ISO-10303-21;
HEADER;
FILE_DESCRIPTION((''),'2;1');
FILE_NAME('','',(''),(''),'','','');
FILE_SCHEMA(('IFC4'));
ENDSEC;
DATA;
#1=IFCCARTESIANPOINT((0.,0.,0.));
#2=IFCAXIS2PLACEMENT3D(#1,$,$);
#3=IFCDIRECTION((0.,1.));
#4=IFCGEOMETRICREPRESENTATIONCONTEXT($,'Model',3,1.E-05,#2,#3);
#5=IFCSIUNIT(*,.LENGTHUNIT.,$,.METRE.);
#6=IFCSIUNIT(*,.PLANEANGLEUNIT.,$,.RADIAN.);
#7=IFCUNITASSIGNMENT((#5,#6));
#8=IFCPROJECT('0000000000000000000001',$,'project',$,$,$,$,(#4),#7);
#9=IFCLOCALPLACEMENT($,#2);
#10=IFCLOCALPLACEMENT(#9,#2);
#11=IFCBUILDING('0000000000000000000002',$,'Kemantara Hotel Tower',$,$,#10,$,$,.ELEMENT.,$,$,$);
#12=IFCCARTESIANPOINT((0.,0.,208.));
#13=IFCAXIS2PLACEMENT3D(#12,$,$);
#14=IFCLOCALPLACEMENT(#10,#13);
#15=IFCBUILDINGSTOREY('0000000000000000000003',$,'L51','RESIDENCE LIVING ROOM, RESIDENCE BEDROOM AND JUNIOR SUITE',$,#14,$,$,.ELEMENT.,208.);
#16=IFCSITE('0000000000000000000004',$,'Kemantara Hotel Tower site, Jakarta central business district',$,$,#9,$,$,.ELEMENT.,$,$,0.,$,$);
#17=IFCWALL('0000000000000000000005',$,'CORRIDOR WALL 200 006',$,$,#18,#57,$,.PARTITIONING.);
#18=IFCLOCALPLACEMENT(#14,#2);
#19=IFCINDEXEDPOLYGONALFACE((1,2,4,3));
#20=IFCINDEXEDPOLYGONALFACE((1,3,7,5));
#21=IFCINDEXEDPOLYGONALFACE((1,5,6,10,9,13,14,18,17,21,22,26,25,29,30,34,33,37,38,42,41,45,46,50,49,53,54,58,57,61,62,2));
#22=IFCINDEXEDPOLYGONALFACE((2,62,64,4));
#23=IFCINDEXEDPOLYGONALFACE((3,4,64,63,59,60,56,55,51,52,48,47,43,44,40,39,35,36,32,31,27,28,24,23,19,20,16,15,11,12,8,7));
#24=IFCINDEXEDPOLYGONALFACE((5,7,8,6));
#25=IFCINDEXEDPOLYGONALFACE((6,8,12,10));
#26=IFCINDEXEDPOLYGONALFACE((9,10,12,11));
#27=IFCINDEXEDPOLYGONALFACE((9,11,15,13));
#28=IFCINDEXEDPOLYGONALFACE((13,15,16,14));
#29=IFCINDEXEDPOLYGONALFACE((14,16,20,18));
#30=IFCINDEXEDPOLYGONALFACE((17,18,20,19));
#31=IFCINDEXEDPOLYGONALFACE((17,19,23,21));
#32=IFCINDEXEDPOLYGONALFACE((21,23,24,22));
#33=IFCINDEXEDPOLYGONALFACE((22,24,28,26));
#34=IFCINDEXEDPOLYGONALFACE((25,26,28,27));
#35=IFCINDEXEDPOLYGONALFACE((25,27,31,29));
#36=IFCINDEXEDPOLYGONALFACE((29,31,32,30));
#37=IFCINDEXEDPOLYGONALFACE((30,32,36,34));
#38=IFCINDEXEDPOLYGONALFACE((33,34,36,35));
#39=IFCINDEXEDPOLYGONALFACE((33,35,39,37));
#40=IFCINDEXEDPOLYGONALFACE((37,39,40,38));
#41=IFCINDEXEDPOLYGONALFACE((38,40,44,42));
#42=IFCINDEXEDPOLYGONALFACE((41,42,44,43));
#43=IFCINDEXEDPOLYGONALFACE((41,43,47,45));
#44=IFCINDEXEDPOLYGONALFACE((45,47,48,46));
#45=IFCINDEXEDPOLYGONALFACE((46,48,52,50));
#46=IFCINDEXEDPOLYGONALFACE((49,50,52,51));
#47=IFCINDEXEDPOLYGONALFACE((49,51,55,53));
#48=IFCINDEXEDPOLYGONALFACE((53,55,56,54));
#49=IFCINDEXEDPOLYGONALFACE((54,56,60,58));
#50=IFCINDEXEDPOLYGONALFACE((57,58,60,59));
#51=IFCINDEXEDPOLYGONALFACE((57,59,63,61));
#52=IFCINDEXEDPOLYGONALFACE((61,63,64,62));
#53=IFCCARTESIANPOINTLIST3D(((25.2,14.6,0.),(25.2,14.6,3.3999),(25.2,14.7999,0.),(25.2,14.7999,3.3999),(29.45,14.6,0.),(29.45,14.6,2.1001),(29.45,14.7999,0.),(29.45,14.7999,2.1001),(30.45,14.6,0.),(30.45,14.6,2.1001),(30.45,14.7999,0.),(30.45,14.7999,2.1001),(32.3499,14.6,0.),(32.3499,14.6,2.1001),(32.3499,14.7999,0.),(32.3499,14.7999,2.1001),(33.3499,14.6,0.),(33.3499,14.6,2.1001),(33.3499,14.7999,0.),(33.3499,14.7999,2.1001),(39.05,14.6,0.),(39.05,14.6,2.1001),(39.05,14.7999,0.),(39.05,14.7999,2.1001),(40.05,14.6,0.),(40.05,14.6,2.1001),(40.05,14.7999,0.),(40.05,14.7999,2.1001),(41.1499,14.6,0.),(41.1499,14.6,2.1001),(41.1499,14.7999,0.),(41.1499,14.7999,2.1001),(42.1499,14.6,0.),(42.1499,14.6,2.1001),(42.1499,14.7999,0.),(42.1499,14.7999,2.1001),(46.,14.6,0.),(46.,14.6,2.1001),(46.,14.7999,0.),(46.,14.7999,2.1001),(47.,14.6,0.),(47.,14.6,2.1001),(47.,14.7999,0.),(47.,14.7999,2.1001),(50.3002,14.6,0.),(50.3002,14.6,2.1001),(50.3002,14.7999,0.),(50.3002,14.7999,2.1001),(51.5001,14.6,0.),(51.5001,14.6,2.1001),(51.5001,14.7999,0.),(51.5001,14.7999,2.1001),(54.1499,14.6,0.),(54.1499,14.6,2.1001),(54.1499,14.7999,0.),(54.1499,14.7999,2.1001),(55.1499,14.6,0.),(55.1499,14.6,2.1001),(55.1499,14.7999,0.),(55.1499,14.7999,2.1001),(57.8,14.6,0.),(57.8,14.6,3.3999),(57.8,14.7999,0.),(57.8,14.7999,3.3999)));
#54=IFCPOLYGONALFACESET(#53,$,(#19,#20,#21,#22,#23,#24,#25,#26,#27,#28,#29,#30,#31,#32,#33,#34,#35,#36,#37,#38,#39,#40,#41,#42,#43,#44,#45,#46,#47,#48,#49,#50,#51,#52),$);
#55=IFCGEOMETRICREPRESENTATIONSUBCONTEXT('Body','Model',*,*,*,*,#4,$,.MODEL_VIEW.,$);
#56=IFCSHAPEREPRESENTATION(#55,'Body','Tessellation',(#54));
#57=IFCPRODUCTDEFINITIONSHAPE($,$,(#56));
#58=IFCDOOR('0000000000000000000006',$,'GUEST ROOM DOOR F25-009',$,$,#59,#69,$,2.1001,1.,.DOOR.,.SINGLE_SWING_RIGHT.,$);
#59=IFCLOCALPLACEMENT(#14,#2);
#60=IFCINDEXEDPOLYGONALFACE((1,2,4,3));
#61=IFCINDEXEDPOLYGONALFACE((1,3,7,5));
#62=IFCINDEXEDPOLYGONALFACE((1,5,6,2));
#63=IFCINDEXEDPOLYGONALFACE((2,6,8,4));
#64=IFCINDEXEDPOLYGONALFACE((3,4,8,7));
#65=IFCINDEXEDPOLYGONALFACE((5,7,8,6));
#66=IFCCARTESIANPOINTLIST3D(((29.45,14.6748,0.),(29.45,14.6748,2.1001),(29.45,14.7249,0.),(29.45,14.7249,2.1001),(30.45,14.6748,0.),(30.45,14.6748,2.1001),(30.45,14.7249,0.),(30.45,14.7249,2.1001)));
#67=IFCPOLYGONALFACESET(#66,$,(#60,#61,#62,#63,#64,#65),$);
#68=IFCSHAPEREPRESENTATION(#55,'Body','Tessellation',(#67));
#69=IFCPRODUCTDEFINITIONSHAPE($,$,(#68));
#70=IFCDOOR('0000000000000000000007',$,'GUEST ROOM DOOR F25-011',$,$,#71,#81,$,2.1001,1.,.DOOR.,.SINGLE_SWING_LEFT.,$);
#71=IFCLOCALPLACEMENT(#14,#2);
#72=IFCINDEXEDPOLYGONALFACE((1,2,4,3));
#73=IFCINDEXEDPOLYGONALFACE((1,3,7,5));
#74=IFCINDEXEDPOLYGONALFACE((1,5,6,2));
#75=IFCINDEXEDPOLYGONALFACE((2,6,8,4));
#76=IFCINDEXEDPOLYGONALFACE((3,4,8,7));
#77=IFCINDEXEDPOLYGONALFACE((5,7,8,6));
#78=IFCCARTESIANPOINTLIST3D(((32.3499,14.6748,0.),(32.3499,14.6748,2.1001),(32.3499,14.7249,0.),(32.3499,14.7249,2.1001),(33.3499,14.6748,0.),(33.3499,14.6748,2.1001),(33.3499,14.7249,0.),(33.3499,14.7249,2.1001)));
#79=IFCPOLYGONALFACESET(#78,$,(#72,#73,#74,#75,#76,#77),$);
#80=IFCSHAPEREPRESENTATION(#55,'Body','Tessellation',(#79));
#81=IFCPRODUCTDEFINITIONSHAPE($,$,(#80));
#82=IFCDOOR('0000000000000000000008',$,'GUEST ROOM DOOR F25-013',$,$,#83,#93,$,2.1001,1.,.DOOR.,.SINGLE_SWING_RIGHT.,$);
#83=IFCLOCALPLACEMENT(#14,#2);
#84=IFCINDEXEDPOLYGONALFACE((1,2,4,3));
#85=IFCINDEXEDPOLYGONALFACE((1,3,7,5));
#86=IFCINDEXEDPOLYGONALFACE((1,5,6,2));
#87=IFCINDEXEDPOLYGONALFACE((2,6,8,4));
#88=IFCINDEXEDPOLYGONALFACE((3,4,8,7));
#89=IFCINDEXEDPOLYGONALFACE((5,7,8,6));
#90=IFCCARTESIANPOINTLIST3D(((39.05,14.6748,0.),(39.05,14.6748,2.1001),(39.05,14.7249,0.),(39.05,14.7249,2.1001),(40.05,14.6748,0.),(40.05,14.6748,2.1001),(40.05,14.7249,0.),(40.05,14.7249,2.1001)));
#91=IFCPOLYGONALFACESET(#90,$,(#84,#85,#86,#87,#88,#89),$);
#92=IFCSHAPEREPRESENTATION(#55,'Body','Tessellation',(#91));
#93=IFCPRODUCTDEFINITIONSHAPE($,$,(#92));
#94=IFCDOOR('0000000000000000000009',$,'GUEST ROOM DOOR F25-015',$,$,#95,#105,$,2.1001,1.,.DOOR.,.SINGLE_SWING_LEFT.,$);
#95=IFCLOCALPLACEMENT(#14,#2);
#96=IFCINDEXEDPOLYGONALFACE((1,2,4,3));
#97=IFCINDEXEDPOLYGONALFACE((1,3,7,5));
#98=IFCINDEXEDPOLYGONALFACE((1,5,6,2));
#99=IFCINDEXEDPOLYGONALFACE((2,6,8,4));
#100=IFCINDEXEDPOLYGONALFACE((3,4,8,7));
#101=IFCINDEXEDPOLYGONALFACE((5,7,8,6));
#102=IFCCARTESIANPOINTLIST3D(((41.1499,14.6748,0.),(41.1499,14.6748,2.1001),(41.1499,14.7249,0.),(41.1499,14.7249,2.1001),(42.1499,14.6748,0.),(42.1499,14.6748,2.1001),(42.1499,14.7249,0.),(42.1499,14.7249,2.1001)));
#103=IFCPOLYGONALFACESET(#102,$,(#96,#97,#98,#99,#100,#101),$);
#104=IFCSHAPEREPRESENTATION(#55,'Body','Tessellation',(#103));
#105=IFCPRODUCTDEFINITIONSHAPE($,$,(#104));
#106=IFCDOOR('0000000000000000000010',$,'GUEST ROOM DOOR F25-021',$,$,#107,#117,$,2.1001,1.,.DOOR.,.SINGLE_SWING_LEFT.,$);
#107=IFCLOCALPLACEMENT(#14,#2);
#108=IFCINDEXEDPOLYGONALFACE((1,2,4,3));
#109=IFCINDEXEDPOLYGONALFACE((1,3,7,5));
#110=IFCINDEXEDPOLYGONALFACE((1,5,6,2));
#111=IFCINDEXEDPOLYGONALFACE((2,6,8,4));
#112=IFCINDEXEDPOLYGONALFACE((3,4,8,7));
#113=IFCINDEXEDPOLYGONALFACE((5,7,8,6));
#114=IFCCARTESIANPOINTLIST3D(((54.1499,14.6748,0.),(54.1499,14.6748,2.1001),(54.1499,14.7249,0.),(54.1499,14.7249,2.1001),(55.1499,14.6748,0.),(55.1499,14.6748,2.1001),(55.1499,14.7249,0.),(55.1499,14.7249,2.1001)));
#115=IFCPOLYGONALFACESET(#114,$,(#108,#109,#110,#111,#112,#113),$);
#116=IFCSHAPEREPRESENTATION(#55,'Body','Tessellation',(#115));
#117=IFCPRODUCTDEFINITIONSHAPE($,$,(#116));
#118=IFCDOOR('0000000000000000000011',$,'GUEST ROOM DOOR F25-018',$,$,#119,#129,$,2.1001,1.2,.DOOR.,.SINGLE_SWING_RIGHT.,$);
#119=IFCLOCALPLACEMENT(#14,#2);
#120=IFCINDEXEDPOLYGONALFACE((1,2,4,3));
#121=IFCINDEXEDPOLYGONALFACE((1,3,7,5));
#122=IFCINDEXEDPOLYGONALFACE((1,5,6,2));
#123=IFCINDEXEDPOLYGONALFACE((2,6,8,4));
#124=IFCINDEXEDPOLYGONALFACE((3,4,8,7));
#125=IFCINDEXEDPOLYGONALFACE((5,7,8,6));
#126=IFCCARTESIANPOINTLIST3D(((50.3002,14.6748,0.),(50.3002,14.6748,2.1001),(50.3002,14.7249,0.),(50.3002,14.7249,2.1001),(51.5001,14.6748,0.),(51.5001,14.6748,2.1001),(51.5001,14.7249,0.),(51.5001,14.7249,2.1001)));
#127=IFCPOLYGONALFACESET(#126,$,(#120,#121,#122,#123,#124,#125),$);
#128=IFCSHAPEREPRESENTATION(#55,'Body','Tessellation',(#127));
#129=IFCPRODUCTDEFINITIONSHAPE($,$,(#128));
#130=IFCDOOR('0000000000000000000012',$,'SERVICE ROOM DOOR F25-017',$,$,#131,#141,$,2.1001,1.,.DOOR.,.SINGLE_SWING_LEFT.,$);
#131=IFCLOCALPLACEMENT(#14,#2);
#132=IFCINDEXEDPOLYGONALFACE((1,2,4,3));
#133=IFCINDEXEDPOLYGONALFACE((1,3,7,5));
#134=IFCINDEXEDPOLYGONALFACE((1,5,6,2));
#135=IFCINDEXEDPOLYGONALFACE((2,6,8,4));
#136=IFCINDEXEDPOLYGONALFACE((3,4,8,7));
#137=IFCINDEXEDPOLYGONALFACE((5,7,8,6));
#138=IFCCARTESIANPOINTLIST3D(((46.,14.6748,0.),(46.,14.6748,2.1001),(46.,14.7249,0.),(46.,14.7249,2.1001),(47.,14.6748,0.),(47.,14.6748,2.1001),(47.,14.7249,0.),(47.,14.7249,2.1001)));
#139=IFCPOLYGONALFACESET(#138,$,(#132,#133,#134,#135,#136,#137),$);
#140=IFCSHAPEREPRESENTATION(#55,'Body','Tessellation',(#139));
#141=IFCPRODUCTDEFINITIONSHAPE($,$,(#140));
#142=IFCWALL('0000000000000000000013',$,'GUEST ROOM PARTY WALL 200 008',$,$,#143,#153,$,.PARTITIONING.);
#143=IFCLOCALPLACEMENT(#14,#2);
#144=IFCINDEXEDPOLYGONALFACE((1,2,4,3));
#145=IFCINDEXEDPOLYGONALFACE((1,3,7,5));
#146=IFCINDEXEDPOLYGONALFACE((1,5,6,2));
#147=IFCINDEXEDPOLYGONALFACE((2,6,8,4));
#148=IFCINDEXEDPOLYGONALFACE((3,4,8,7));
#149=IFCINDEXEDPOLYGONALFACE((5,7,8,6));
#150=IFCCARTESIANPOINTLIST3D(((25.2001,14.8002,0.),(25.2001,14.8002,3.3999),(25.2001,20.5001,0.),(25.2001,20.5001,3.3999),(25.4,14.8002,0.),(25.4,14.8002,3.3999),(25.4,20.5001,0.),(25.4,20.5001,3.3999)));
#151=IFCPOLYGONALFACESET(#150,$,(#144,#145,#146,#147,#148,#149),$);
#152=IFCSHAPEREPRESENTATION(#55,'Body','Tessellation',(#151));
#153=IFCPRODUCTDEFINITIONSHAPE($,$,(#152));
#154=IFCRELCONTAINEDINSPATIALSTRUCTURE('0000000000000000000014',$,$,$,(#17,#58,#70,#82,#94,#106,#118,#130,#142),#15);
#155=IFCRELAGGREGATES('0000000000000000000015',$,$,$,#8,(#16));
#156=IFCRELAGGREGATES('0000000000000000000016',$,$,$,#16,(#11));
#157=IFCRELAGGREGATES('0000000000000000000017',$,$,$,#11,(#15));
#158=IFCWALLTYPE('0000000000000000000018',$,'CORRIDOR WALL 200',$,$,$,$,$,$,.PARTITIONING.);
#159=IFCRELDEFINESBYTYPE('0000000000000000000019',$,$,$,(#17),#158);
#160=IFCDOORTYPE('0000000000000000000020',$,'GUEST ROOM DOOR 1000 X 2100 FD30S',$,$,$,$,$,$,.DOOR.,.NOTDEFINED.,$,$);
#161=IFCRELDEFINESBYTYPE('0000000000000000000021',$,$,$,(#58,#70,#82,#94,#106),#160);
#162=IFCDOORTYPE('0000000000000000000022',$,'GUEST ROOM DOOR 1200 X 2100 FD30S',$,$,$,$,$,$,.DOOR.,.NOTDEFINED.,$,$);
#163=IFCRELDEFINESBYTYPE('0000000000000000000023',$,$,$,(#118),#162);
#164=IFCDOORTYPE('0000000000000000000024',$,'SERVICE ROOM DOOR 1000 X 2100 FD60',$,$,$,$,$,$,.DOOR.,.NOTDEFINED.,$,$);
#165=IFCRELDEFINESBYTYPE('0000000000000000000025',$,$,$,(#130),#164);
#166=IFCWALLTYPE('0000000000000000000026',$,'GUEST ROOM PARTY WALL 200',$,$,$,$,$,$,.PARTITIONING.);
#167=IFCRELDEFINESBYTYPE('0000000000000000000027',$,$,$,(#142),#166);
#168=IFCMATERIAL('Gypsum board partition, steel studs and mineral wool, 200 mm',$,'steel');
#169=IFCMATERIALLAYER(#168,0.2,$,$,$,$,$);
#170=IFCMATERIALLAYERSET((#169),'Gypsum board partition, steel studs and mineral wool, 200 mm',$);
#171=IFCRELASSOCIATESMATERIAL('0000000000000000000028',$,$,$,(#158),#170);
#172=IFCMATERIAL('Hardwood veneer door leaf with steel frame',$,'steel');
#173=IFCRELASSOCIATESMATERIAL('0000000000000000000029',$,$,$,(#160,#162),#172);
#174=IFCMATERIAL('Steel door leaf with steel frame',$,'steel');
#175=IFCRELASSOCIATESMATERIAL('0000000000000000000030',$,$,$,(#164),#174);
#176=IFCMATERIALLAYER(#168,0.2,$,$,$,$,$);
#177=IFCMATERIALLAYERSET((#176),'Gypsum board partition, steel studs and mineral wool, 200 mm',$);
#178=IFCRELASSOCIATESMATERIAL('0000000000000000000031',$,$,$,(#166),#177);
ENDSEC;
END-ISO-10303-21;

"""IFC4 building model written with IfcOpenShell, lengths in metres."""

from ifc_helpers import new_model, si_unit, direction, frame, frame_2d, origin, place, context, subcontext, project, spatial, rectangle, extrude, material, layer, layer_set, type_object, element, fill, save


model = new_model("IFC4")

# Units and contexts
model_context = context("Model", 3, precision=1e-05, world=origin(), true_north=direction((0.0, 1.0)))
body_context = subcontext(model_context, "Body", "Model", "MODEL_VIEW")
ifc_project = project(units=[si_unit("LENGTHUNIT", "METRE"), si_unit("PLANEANGLEUNIT", "RADIAN")], contexts=[model_context])

# Site, building, storey
site_placement = place(None, origin())
site = spatial("IfcSite", under=ifc_project, at=site_placement, Name="Kemantara Hotel Tower site, Jakarta central business district", CompositionType="ELEMENT", RefElevation=0.0)
building_placement = place(site_placement, origin())
building = spatial("IfcBuilding", under=site, at=building_placement, Name="Kemantara Hotel Tower", CompositionType="ELEMENT")
storey_placement = place(building_placement, frame((0.0, 0.0, 208.0)))
storey = spatial("IfcBuildingStorey", under=building, at=storey_placement, Name="L51", Description="RESIDENCE LIVING ROOM, RESIDENCE BEDROOM AND JUNIOR SUITE", CompositionType="ELEMENT", Elevation=208.0)

# Wall, openings, doors
ifc_material_1 = material(Name="Gypsum board partition, steel studs and mineral wool, 200 mm", Category="steel")
ifc_layer_1 = layer(ifc_material_1, 0.2)
ifc_layer_set_1 = layer_set([ifc_layer_1], Name="Gypsum board partition, steel studs and mineral wool, 200 mm")
wall_type_1 = type_object("IfcWallType", Name="CORRIDOR WALL 200", PredefinedType="PARTITIONING", material=ifc_layer_set_1)
wall_1_placement = place(storey_placement, frame((25.2, 14.7, 0.0), z_axis=(0.0, 0.0, 1.0), x_axis=(1.0, 0.0, 0.0)))
wall_1 = element("IfcWall", 1, at=wall_1_placement, inside=storey, type_object=wall_type_1, Name="CORRIDOR WALL 200 006", PredefinedType="PARTITIONING", context=body_context, shape_type="SweptSolid", body=[
    extrude(rectangle(XDim=32.6001, YDim=0.2, at=frame_2d((16.3, 0.0))), origin(), (0.0, 0.0, 1.0), 3.3999),
])
opening_1_placement = place(wall_1_placement, frame((4.25, 0.0, 0.0)))
opening_1 = element("IfcOpeningElement", 2, at=opening_1_placement, cuts=wall_1, PredefinedType="OPENING", context=body_context, shape_type="SweptSolid", body=[
    extrude(rectangle(XDim=1.0, YDim=2.1001, at=frame_2d((0.5, 1.05))), frame((0.0, 0.1099, 0.0), z_axis=(0.0, -1.0, 0.0), x_axis=(1.0, 0.0, 0.0)), (0.0, 0.0, 1.0), 0.22),
])
opening_2_placement = place(wall_1_placement, frame((7.1499, 0.0, 0.0)))
opening_2 = element("IfcOpeningElement", 3, at=opening_2_placement, cuts=wall_1, PredefinedType="OPENING", context=body_context, shape_type="SweptSolid", body=[
    extrude(rectangle(XDim=1.0, YDim=2.1001, at=frame_2d((0.5, 1.05))), frame((0.0, 0.1099, 0.0), z_axis=(0.0, -1.0, 0.0), x_axis=(1.0, 0.0, 0.0)), (0.0, 0.0, 1.0), 0.22),
])
opening_3_placement = place(wall_1_placement, frame((13.8501, 0.0, 0.0)))
opening_3 = element("IfcOpeningElement", 4, at=opening_3_placement, cuts=wall_1, PredefinedType="OPENING", context=body_context, shape_type="SweptSolid", body=[
    extrude(rectangle(XDim=1.0, YDim=2.1001, at=frame_2d((0.5, 1.05))), frame((0.0, 0.1099, 0.0), z_axis=(0.0, -1.0, 0.0), x_axis=(1.0, 0.0, 0.0)), (0.0, 0.0, 1.0), 0.22),
])
opening_4_placement = place(wall_1_placement, frame((15.95, 0.0, 0.0)))
opening_4 = element("IfcOpeningElement", 5, at=opening_4_placement, cuts=wall_1, PredefinedType="OPENING", context=body_context, shape_type="SweptSolid", body=[
    extrude(rectangle(XDim=1.0, YDim=2.1001, at=frame_2d((0.5, 1.05))), frame((0.0, 0.1099, 0.0), z_axis=(0.0, -1.0, 0.0), x_axis=(1.0, 0.0, 0.0)), (0.0, 0.0, 1.0), 0.22),
])
opening_5_placement = place(wall_1_placement, frame((20.8, 0.0, 0.0)))
opening_5 = element("IfcOpeningElement", 6, at=opening_5_placement, cuts=wall_1, PredefinedType="OPENING", context=body_context, shape_type="SweptSolid", body=[
    extrude(rectangle(XDim=1.0, YDim=2.1001, at=frame_2d((0.5, 1.05))), frame((0.0, 0.1099, 0.0), z_axis=(0.0, -1.0, 0.0), x_axis=(1.0, 0.0, 0.0)), (0.0, 0.0, 1.0), 0.22),
])
opening_6_placement = place(wall_1_placement, frame((25.1001, 0.0, 0.0)))
opening_6 = element("IfcOpeningElement", 7, at=opening_6_placement, cuts=wall_1, PredefinedType="OPENING", context=body_context, shape_type="SweptSolid", body=[
    extrude(rectangle(XDim=1.2, YDim=2.1001, at=frame_2d((0.6001, 1.05))), frame((0.0, 0.1099, 0.0), z_axis=(0.0, -1.0, 0.0), x_axis=(1.0, 0.0, 0.0)), (0.0, 0.0, 1.0), 0.22),
])
opening_7_placement = place(wall_1_placement, frame((28.95, 0.0, 0.0)))
opening_7 = element("IfcOpeningElement", 8, at=opening_7_placement, cuts=wall_1, PredefinedType="OPENING", context=body_context, shape_type="SweptSolid", body=[
    extrude(rectangle(XDim=1.0, YDim=2.1001, at=frame_2d((0.5, 1.05))), frame((0.0, 0.1099, 0.0), z_axis=(0.0, -1.0, 0.0), x_axis=(1.0, 0.0, 0.0)), (0.0, 0.0, 1.0), 0.22),
])
ifc_material_2 = material(Name="Hardwood veneer door leaf with steel frame", Category="steel")
door_type_1 = type_object("IfcDoorType", Name="GUEST ROOM DOOR 1000 X 2100 FD30S", OperationType="NOTDEFINED", PredefinedType="DOOR", material=ifc_material_2)
door_1_placement = place(opening_1_placement, origin())
door_1 = element("IfcDoor", 9, at=door_1_placement, inside=storey, type_object=door_type_1, Name="GUEST ROOM DOOR F25-009", OperationType="SINGLE_SWING_RIGHT", OverallHeight=2.1001, OverallWidth=1.0, PredefinedType="DOOR", context=body_context, shape_type="SweptSolid", body=[
    extrude(rectangle(XDim=1.0, YDim=2.1001, at=frame_2d((0.5, 1.05))), frame((0.0, 0.0249, 0.0), z_axis=(0.0, -1.0, 0.0), x_axis=(1.0, 0.0, 0.0)), (0.0, 0.0, 1.0), 0.05),
])
fill(opening_1, door_1)
door_2_placement = place(opening_2_placement, origin())
door_2 = element("IfcDoor", 10, at=door_2_placement, inside=storey, type_object=door_type_1, Name="GUEST ROOM DOOR F25-011", OperationType="SINGLE_SWING_LEFT", OverallHeight=2.1001, OverallWidth=1.0, PredefinedType="DOOR", context=body_context, shape_type="SweptSolid", body=[
    extrude(rectangle(XDim=1.0, YDim=2.1001, at=frame_2d((0.5, 1.05))), frame((0.0, 0.0249, 0.0), z_axis=(0.0, -1.0, 0.0), x_axis=(1.0, 0.0, 0.0)), (0.0, 0.0, 1.0), 0.05),
])
fill(opening_2, door_2)
door_3_placement = place(opening_3_placement, origin())
door_3 = element("IfcDoor", 11, at=door_3_placement, inside=storey, type_object=door_type_1, Name="GUEST ROOM DOOR F25-013", OperationType="SINGLE_SWING_RIGHT", OverallHeight=2.1001, OverallWidth=1.0, PredefinedType="DOOR", context=body_context, shape_type="SweptSolid", body=[
    extrude(rectangle(XDim=1.0, YDim=2.1001, at=frame_2d((0.5, 1.05))), frame((0.0, 0.0249, 0.0), z_axis=(0.0, -1.0, 0.0), x_axis=(1.0, 0.0, 0.0)), (0.0, 0.0, 1.0), 0.05),
])
fill(opening_3, door_3)
door_4_placement = place(opening_4_placement, origin())
door_4 = element("IfcDoor", 12, at=door_4_placement, inside=storey, type_object=door_type_1, Name="GUEST ROOM DOOR F25-015", OperationType="SINGLE_SWING_LEFT", OverallHeight=2.1001, OverallWidth=1.0, PredefinedType="DOOR", context=body_context, shape_type="SweptSolid", body=[
    extrude(rectangle(XDim=1.0, YDim=2.1001, at=frame_2d((0.5, 1.05))), frame((0.0, 0.0249, 0.0), z_axis=(0.0, -1.0, 0.0), x_axis=(1.0, 0.0, 0.0)), (0.0, 0.0, 1.0), 0.05),
])
fill(opening_4, door_4)
door_5_placement = place(opening_7_placement, origin())
door_5 = element("IfcDoor", 13, at=door_5_placement, inside=storey, type_object=door_type_1, Name="GUEST ROOM DOOR F25-021", OperationType="SINGLE_SWING_LEFT", OverallHeight=2.1001, OverallWidth=1.0, PredefinedType="DOOR", context=body_context, shape_type="SweptSolid", body=[
    extrude(rectangle(XDim=1.0, YDim=2.1001, at=frame_2d((0.5, 1.05))), frame((0.0, 0.0249, 0.0), z_axis=(0.0, -1.0, 0.0), x_axis=(1.0, 0.0, 0.0)), (0.0, 0.0, 1.0), 0.05),
])
fill(opening_7, door_5)
door_type_2 = type_object("IfcDoorType", Name="GUEST ROOM DOOR 1200 X 2100 FD30S", OperationType="NOTDEFINED", PredefinedType="DOOR", material=ifc_material_2)
door_6_placement = place(opening_6_placement, origin())
door_6 = element("IfcDoor", 14, at=door_6_placement, inside=storey, type_object=door_type_2, Name="GUEST ROOM DOOR F25-018", OperationType="SINGLE_SWING_RIGHT", OverallHeight=2.1001, OverallWidth=1.2, PredefinedType="DOOR", context=body_context, shape_type="SweptSolid", body=[
    extrude(rectangle(XDim=1.2, YDim=2.1001, at=frame_2d((0.6001, 1.05))), frame((0.0, 0.0249, 0.0), z_axis=(0.0, -1.0, 0.0), x_axis=(1.0, 0.0, 0.0)), (0.0, 0.0, 1.0), 0.05),
])
fill(opening_6, door_6)
ifc_material_3 = material(Name="Steel door leaf with steel frame", Category="steel")
door_type_3 = type_object("IfcDoorType", Name="SERVICE ROOM DOOR 1000 X 2100 FD60", OperationType="NOTDEFINED", PredefinedType="DOOR", material=ifc_material_3)
door_7_placement = place(opening_5_placement, origin())
door_7 = element("IfcDoor", 15, at=door_7_placement, inside=storey, type_object=door_type_3, Name="SERVICE ROOM DOOR F25-017", OperationType="SINGLE_SWING_LEFT", OverallHeight=2.1001, OverallWidth=1.0, PredefinedType="DOOR", context=body_context, shape_type="SweptSolid", body=[
    extrude(rectangle(XDim=1.0, YDim=2.1001, at=frame_2d((0.5, 1.05))), frame((0.0, 0.0249, 0.0), z_axis=(0.0, -1.0, 0.0), x_axis=(1.0, 0.0, 0.0)), (0.0, 0.0, 1.0), 0.05),
])
fill(opening_5, door_7)

# Wall
ifc_layer_2 = layer(ifc_material_1, 0.2)
ifc_layer_set_2 = layer_set([ifc_layer_2], Name="Gypsum board partition, steel studs and mineral wool, 200 mm")
wall_type_2 = type_object("IfcWallType", Name="GUEST ROOM PARTY WALL 200", PredefinedType="PARTITIONING", material=ifc_layer_set_2)
wall_2_placement = place(storey_placement, frame((25.3, 14.8, 0.0), z_axis=(0.0, 0.0, 1.0), x_axis=(0.0, 1.0, 0.0)))
element("IfcWall", 16, at=wall_2_placement, inside=storey, type_object=wall_type_2, Name="GUEST ROOM PARTY WALL 200 008", PredefinedType="PARTITIONING", context=body_context, shape_type="SweptSolid", body=[
    extrude(rectangle(XDim=5.7, YDim=0.2, at=frame_2d((2.8501, 0.0))), origin(), (0.0, 0.0, 1.0), 3.3999),
])

save(model, "model.ifc")
